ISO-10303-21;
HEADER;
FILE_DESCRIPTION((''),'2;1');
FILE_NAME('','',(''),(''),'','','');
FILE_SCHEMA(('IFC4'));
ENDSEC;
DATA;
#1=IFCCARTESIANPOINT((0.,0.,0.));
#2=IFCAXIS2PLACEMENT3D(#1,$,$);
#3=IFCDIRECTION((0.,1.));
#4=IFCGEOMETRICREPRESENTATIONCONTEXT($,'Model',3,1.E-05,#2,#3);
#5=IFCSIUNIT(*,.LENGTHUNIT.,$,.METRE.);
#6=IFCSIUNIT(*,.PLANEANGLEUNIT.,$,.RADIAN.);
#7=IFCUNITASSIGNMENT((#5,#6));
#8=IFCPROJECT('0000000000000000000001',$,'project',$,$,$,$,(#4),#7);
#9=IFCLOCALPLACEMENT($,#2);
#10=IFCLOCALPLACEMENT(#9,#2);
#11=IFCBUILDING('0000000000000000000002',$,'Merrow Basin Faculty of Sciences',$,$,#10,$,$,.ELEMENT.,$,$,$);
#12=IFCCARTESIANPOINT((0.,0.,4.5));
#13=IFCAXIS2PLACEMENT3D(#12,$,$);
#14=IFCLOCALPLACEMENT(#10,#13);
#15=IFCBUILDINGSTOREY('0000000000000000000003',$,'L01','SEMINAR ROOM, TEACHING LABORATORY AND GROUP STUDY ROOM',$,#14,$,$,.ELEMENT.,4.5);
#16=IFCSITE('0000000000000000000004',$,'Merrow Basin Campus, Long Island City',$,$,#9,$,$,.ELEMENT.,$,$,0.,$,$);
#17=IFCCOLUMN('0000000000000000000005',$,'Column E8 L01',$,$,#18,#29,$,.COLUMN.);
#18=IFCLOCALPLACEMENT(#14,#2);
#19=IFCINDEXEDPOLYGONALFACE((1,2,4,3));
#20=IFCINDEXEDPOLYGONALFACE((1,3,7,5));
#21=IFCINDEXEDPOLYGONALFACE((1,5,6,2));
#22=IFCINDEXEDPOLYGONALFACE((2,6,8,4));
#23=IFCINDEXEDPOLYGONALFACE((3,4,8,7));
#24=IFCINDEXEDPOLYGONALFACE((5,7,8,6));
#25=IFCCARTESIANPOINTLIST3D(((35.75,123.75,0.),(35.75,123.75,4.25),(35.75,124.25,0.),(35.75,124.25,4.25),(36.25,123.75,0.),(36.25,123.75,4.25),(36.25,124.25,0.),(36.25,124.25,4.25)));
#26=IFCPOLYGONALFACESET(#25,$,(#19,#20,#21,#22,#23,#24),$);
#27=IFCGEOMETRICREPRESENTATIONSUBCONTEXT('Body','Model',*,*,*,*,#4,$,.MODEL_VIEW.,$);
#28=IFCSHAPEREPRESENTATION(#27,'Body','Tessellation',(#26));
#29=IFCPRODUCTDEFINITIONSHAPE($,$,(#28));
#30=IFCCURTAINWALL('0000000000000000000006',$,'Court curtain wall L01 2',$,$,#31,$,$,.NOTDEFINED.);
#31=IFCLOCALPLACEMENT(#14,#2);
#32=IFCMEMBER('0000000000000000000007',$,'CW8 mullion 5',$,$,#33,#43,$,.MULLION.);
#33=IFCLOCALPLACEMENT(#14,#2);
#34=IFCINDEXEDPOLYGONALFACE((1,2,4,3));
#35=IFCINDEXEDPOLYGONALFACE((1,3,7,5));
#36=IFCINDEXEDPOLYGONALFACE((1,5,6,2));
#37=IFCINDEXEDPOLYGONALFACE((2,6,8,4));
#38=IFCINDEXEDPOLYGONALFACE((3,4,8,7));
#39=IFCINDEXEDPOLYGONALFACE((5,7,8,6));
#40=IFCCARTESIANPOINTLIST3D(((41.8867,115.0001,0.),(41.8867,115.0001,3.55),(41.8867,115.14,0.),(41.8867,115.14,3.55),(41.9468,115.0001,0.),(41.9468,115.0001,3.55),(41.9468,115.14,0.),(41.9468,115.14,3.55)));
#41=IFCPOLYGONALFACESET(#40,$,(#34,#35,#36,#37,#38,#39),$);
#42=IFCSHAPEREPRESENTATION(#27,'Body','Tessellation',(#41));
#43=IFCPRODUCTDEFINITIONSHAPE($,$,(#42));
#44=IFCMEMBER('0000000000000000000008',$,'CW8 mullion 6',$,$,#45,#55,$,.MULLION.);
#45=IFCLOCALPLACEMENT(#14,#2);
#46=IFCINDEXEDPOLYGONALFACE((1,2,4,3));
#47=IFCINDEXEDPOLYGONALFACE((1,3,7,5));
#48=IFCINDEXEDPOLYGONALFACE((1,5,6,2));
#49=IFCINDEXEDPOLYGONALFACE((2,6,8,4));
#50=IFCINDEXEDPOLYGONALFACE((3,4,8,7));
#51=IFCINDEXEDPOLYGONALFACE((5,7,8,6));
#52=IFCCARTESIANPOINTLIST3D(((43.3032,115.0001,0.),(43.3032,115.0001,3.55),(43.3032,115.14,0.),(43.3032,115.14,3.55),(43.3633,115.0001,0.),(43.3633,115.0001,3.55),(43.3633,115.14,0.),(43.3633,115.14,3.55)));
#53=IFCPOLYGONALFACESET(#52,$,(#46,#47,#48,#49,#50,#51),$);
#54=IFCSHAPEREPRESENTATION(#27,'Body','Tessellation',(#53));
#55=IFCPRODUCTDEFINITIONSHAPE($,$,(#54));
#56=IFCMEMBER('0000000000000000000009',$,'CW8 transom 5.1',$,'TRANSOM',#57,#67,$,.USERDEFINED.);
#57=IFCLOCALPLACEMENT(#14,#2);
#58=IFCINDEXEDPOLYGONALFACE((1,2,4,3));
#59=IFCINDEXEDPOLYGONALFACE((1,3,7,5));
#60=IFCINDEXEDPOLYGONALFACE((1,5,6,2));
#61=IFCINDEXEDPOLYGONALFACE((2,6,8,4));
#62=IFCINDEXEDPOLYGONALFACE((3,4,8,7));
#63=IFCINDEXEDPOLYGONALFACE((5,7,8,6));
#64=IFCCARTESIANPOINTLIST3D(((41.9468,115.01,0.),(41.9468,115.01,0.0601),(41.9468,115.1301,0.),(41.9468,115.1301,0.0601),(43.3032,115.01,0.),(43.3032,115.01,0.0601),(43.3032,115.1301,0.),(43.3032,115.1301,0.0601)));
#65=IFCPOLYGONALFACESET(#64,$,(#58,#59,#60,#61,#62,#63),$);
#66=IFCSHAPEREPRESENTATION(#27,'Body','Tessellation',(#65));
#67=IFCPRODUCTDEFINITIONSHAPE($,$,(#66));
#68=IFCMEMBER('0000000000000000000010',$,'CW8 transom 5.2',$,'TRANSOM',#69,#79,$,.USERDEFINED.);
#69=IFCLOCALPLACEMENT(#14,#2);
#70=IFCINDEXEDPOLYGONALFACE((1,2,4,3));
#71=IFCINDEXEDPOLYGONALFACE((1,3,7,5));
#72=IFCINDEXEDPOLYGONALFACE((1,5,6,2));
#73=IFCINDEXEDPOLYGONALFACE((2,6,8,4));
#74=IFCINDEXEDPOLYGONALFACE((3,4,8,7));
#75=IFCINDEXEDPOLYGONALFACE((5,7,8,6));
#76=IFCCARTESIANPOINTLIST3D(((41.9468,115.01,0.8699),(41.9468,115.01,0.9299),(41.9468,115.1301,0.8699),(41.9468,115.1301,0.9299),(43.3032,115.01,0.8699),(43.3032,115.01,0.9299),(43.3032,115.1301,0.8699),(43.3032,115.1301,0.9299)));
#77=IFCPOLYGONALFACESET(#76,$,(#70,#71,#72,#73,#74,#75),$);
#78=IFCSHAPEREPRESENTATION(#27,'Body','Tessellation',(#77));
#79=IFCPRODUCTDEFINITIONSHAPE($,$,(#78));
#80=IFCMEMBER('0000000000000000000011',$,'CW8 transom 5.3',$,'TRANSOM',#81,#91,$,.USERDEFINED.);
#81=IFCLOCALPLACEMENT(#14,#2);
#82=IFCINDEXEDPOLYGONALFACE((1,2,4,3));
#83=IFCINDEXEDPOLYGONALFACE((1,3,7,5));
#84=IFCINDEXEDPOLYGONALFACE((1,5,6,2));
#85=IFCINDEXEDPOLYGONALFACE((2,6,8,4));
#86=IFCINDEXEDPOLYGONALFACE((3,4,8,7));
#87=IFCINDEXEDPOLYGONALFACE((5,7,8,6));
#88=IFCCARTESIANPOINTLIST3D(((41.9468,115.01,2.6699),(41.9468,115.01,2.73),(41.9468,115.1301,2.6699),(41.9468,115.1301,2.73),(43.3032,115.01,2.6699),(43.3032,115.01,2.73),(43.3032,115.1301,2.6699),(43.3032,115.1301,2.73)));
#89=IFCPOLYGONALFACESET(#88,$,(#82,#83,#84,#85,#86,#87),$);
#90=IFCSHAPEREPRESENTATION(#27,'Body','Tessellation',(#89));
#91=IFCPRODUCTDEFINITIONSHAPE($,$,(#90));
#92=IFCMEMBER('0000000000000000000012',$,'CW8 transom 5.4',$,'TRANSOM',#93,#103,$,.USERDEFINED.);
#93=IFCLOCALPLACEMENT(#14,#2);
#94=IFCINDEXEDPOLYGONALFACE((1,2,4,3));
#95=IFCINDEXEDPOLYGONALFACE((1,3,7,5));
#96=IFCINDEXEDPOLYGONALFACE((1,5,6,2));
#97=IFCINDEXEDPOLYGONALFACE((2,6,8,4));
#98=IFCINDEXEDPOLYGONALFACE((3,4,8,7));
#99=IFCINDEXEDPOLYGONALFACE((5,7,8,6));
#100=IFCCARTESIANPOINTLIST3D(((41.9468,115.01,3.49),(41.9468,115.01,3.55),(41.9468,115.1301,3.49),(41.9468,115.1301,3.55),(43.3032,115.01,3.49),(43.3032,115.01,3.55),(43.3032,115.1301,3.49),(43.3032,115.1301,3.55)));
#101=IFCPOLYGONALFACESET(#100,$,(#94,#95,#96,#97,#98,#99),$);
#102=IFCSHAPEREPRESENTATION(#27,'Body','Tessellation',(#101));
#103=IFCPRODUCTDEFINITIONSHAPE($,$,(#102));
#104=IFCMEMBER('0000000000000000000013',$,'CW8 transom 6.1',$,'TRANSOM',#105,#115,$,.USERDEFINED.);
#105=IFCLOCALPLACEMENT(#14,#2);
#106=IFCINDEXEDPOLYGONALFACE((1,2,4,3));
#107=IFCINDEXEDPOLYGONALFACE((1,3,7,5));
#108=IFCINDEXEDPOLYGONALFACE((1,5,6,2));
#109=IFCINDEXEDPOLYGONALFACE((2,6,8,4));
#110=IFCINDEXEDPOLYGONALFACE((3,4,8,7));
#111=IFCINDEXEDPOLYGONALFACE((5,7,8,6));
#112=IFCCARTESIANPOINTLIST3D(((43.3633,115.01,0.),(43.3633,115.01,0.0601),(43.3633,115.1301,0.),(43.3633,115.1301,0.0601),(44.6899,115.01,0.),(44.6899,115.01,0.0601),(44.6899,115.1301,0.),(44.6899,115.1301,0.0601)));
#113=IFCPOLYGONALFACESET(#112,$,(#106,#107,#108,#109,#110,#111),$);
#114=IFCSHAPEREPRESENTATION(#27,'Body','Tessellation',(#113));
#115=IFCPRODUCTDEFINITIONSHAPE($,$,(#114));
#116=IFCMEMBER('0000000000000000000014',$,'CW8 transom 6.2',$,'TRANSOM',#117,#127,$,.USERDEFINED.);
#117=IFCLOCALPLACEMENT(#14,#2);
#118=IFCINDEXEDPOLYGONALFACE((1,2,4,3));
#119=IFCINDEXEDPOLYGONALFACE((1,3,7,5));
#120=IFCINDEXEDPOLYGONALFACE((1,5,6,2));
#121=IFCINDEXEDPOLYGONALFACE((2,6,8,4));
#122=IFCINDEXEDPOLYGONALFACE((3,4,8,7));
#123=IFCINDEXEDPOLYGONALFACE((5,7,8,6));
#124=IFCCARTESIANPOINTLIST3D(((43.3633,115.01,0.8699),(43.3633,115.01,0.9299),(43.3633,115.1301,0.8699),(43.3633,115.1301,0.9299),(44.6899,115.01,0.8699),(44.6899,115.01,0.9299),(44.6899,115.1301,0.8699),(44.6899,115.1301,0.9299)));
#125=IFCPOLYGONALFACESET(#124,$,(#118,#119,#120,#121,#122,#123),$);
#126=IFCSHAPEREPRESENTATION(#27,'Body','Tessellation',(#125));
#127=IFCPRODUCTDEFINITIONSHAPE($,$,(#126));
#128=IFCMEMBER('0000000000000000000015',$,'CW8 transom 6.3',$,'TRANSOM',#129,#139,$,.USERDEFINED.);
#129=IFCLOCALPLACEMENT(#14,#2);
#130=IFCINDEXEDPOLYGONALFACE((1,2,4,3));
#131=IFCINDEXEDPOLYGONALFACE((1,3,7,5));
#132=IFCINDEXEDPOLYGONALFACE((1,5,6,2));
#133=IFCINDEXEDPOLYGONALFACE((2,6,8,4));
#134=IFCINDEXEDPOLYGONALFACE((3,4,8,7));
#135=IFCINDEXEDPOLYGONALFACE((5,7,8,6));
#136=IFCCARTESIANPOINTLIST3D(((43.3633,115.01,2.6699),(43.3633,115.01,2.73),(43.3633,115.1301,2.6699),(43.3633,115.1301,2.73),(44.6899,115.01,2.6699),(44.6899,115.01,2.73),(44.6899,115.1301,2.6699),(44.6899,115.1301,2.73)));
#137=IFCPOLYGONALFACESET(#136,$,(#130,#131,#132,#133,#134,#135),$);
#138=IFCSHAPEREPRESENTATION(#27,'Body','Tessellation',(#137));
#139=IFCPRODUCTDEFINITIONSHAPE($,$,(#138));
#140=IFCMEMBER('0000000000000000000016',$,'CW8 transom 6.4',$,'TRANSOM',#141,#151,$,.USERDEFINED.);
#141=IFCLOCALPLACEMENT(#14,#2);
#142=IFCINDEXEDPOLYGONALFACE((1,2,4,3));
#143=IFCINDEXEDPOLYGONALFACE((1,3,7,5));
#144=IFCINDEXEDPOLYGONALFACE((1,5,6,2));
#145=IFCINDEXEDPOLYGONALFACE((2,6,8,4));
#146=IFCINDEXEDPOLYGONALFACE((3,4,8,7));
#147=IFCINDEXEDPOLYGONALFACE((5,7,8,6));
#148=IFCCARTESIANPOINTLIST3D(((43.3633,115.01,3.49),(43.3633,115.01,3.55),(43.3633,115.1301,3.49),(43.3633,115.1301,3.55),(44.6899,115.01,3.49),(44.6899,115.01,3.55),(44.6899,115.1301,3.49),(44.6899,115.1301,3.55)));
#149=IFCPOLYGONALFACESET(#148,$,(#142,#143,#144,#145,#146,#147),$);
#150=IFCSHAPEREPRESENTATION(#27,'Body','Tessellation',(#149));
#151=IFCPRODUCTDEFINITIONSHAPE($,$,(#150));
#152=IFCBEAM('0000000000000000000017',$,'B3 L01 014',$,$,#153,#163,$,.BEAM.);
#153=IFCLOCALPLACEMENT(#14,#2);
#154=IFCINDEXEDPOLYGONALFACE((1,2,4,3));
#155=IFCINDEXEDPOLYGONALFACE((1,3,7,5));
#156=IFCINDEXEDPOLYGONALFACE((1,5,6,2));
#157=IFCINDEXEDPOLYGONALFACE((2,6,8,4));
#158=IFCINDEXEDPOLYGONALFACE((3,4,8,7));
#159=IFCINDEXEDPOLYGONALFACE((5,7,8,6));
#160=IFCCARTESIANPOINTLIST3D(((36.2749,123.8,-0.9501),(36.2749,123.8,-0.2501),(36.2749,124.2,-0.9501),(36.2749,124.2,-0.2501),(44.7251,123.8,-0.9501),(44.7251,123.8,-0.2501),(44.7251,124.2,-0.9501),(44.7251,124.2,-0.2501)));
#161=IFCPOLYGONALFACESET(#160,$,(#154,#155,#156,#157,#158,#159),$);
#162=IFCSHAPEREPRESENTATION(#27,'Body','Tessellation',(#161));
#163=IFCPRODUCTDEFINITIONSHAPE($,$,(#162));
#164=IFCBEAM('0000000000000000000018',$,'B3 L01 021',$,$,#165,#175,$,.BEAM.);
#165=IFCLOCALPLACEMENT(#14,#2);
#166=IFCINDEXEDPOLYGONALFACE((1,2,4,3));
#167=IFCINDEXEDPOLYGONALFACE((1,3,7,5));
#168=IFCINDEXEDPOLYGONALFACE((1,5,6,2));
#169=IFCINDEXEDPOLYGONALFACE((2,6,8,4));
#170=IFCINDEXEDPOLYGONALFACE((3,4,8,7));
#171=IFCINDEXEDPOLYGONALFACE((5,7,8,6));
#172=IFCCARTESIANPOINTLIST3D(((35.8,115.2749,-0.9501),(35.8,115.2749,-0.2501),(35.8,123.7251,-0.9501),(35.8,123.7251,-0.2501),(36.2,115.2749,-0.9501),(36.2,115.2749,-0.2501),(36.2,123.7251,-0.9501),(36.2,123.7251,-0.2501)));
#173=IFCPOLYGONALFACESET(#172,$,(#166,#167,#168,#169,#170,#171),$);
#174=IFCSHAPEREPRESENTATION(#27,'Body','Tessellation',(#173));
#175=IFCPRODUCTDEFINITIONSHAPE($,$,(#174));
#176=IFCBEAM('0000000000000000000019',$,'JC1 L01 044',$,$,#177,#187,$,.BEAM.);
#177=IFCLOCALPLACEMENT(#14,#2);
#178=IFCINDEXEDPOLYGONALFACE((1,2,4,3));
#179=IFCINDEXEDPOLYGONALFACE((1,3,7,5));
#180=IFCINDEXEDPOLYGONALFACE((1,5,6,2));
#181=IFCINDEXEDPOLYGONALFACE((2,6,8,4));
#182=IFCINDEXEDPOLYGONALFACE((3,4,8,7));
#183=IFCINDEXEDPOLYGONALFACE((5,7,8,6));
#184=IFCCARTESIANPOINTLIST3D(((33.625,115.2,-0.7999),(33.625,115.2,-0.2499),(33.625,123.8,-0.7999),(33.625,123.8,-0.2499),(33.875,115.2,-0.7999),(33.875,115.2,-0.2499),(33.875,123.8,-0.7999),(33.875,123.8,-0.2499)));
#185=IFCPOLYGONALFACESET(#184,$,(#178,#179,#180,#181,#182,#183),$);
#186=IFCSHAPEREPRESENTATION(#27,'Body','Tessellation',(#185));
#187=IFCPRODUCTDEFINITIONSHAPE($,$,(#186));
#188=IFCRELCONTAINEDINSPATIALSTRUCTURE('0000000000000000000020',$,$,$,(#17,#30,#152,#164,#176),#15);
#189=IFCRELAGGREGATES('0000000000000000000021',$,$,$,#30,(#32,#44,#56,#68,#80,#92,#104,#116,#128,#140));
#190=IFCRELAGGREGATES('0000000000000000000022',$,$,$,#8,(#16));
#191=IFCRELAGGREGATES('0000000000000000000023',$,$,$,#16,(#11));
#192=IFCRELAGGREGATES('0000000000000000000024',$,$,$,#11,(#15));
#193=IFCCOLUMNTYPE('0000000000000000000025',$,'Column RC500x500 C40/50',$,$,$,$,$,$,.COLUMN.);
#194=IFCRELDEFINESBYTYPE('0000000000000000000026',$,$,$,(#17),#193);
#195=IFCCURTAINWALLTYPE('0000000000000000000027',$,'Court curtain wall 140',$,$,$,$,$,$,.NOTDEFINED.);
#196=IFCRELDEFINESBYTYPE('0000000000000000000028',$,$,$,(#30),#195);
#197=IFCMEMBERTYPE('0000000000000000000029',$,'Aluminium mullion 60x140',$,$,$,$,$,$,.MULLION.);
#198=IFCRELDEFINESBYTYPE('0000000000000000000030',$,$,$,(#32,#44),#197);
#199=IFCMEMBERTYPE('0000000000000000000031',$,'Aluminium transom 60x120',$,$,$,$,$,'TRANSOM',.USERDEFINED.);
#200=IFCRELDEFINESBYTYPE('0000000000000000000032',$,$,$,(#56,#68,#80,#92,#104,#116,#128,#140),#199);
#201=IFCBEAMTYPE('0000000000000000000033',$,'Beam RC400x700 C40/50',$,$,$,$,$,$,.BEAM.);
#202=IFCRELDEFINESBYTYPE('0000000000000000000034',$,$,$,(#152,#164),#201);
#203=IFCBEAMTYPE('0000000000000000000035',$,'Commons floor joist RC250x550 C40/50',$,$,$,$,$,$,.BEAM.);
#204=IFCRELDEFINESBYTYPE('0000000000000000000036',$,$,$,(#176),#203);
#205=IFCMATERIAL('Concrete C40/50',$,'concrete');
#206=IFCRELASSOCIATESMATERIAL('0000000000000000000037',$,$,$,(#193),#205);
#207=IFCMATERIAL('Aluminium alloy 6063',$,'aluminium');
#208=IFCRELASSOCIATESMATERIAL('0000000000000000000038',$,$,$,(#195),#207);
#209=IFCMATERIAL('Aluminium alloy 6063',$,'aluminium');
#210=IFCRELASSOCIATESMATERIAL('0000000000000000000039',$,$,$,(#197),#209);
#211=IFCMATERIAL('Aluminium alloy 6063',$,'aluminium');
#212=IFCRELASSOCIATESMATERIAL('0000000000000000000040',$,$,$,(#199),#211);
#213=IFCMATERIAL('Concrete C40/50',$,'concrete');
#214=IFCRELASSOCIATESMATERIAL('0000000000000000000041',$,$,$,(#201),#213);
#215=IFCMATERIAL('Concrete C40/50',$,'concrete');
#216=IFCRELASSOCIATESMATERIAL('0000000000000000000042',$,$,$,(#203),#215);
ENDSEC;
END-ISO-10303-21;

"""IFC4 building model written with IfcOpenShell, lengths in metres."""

from ifc_helpers import new_model, si_unit, direction, frame, origin, origin_2d, place, context, subcontext, project, spatial, rectangle, extrude, material, material_profile, profile_set, type_object, element, aggregate, save


model = new_model("IFC4")

# Units and contexts
model_context = context("Model", 3, precision=1e-05, world=origin(), true_north=direction((0.0, 1.0)))
body_context = subcontext(model_context, "Body", "Model", "MODEL_VIEW")
ifc_project = project(units=[si_unit("LENGTHUNIT", "METRE"), si_unit("PLANEANGLEUNIT", "RADIAN")], contexts=[model_context])

# Site, building, storey
site_placement = place(None, origin())
site = spatial("IfcSite", under=ifc_project, at=site_placement, Name="Merrow Basin Campus, Long Island City", CompositionType="ELEMENT", RefElevation=0.0)
building_placement = place(site_placement, origin())
building = spatial("IfcBuilding", under=site, at=building_placement, Name="Merrow Basin Faculty of Sciences", CompositionType="ELEMENT")
storey_placement = place(building_placement, frame((0.0, 0.0, 4.5)))
storey = spatial("IfcBuildingStorey", under=building, at=storey_placement, Name="L01", Description="SEMINAR ROOM, TEACHING LABORATORY AND GROUP STUDY ROOM", CompositionType="ELEMENT", Elevation=4.5)

# Column
ifc_material_1 = material(Name="Concrete C40/50", Category="concrete")
ifc_material_profile_1 = material_profile(ifc_material_1, rectangle(XDim=0.5, YDim=0.5, at=origin_2d()))
ifc_profile_set_1 = profile_set([ifc_material_profile_1], Name="Concrete C40/50")
column_type = type_object("IfcColumnType", Name="Column RC500x500 C40/50", PredefinedType="COLUMN", material=ifc_profile_set_1)
column_placement = place(storey_placement, frame((36.0, 124.0, 0.0), z_axis=(0.0, 0.0, 1.0), x_axis=(1.0, 0.0, 0.0)))
element("IfcColumn", 1, at=column_placement, inside=storey, type_object=column_type, Name="Column E8 L01", PredefinedType="COLUMN", context=body_context, shape_type="SweptSolid", body=[
    extrude(rectangle(XDim=0.5, YDim=0.5, at=origin_2d()), origin(), (0.0, 0.0, 1.0), 4.25),
])

# Curtain wall, members
ifc_material_2 = material(Name="Aluminium alloy 6063", Category="aluminium")
curtain_wall_type = type_object("IfcCurtainWallType", Name="Court curtain wall 140", PredefinedType="NOTDEFINED", material=ifc_material_2)
curtain_wall_placement = place(storey_placement, origin())
curtain_wall = element("IfcCurtainWall", 2, at=curtain_wall_placement, inside=storey, type_object=curtain_wall_type, Name="Court curtain wall L01 2", PredefinedType="NOTDEFINED")
ifc_material_3 = material(Name="Aluminium alloy 6063", Category="aluminium")
ifc_material_profile_2 = material_profile(ifc_material_3, rectangle(XDim=0.1399, YDim=0.0601, at=origin_2d()))
ifc_profile_set_2 = profile_set([ifc_material_profile_2], Name="Aluminium alloy 6063")
member_type_1 = type_object("IfcMemberType", Name="Aluminium mullion 60x140", PredefinedType="MULLION", material=ifc_profile_set_2)
member_1_placement = place(storey_placement, frame((41.9167, 115.0701, 0.0), z_axis=(0.0, 0.0, 1.0), x_axis=(0.0, 1.0, 0.0)))
member_1 = element("IfcMember", 3, at=member_1_placement, type_object=member_type_1, Name="CW8 mullion 5", PredefinedType="MULLION", context=body_context, shape_type="SweptSolid", body=[
    extrude(rectangle(XDim=0.1399, YDim=0.0601, at=origin_2d()), origin(), (0.0, 0.0, 1.0), 3.55),
])
member_2_placement = place(storey_placement, frame((43.3333, 115.0701, 0.0), z_axis=(0.0, 0.0, 1.0), x_axis=(0.0, 1.0, 0.0)))
member_2 = element("IfcMember", 4, at=member_2_placement, type_object=member_type_1, Name="CW8 mullion 6", PredefinedType="MULLION", context=body_context, shape_type="SweptSolid", body=[
    extrude(rectangle(XDim=0.1399, YDim=0.0601, at=origin_2d()), origin(), (0.0, 0.0, 1.0), 3.55),
])
ifc_material_4 = material(Name="Aluminium alloy 6063", Category="aluminium")
ifc_material_profile_3 = material_profile(ifc_material_4, rectangle(XDim=0.1201, YDim=0.0601, at=origin_2d()))
ifc_profile_set_3 = profile_set([ifc_material_profile_3], Name="Aluminium alloy 6063")
member_type_2 = type_object("IfcMemberType", Name="Aluminium transom 60x120", ElementType="TRANSOM", PredefinedType="USERDEFINED", material=ifc_profile_set_3)
member_3_placement = place(storey_placement, frame((41.9468, 115.0701, 0.03), z_axis=(1.0, 0.0, 0.0), x_axis=(0.0, 1.0, 0.0)))
member_3 = element("IfcMember", 5, at=member_3_placement, type_object=member_type_2, Name="CW8 transom 5.1", ObjectType="TRANSOM", PredefinedType="USERDEFINED", context=body_context, shape_type="SweptSolid", body=[
    extrude(rectangle(XDim=0.1201, YDim=0.0601, at=origin_2d()), origin(), (0.0, 0.0, 1.0), 1.3564),
])
member_4_placement = place(storey_placement, frame((41.9468, 115.0701, 0.8999), z_axis=(1.0, 0.0, 0.0), x_axis=(0.0, 1.0, 0.0)))
member_4 = element("IfcMember", 6, at=member_4_placement, type_object=member_type_2, Name="CW8 transom 5.2", ObjectType="TRANSOM", PredefinedType="USERDEFINED", context=body_context, shape_type="SweptSolid", body=[
    extrude(rectangle(XDim=0.1201, YDim=0.0601, at=origin_2d()), origin(), (0.0, 0.0, 1.0), 1.3564),
])
member_5_placement = place(storey_placement, frame((41.9468, 115.0701, 2.7), z_axis=(1.0, 0.0, 0.0), x_axis=(0.0, 1.0, 0.0)))
member_5 = element("IfcMember", 7, at=member_5_placement, type_object=member_type_2, Name="CW8 transom 5.3", ObjectType="TRANSOM", PredefinedType="USERDEFINED", context=body_context, shape_type="SweptSolid", body=[
    extrude(rectangle(XDim=0.1201, YDim=0.0601, at=origin_2d()), origin(), (0.0, 0.0, 1.0), 1.3564),
])
member_6_placement = place(storey_placement, frame((41.9468, 115.0701, 3.52), z_axis=(1.0, 0.0, 0.0), x_axis=(0.0, 1.0, 0.0)))
member_6 = element("IfcMember", 8, at=member_6_placement, type_object=member_type_2, Name="CW8 transom 5.4", ObjectType="TRANSOM", PredefinedType="USERDEFINED", context=body_context, shape_type="SweptSolid", body=[
    extrude(rectangle(XDim=0.1201, YDim=0.0601, at=origin_2d()), origin(), (0.0, 0.0, 1.0), 1.3564),
])
member_7_placement = place(storey_placement, frame((43.3633, 115.0701, 0.03), z_axis=(1.0, 0.0, 0.0), x_axis=(0.0, 1.0, 0.0)))
member_7 = element("IfcMember", 9, at=member_7_placement, type_object=member_type_2, Name="CW8 transom 6.1", ObjectType="TRANSOM", PredefinedType="USERDEFINED", context=body_context, shape_type="SweptSolid", body=[
    extrude(rectangle(XDim=0.1201, YDim=0.0601, at=origin_2d()), origin(), (0.0, 0.0, 1.0), 1.3267),
])
member_8_placement = place(storey_placement, frame((43.3633, 115.0701, 0.8999), z_axis=(1.0, 0.0, 0.0), x_axis=(0.0, 1.0, 0.0)))
member_8 = element("IfcMember", 10, at=member_8_placement, type_object=member_type_2, Name="CW8 transom 6.2", ObjectType="TRANSOM", PredefinedType="USERDEFINED", context=body_context, shape_type="SweptSolid", body=[
    extrude(rectangle(XDim=0.1201, YDim=0.0601, at=origin_2d()), origin(), (0.0, 0.0, 1.0), 1.3267),
])
member_9_placement = place(storey_placement, frame((43.3633, 115.0701, 2.7), z_axis=(1.0, 0.0, 0.0), x_axis=(0.0, 1.0, 0.0)))
member_9 = element("IfcMember", 11, at=member_9_placement, type_object=member_type_2, Name="CW8 transom 6.3", ObjectType="TRANSOM", PredefinedType="USERDEFINED", context=body_context, shape_type="SweptSolid", body=[
    extrude(rectangle(XDim=0.1201, YDim=0.0601, at=origin_2d()), origin(), (0.0, 0.0, 1.0), 1.3267),
])
member_10_placement = place(storey_placement, frame((43.3633, 115.0701, 3.52), z_axis=(1.0, 0.0, 0.0), x_axis=(0.0, 1.0, 0.0)))
member_10 = element("IfcMember", 12, at=member_10_placement, type_object=member_type_2, Name="CW8 transom 6.4", ObjectType="TRANSOM", PredefinedType="USERDEFINED", context=body_context, shape_type="SweptSolid", body=[
    extrude(rectangle(XDim=0.1201, YDim=0.0601, at=origin_2d()), origin(), (0.0, 0.0, 1.0), 1.3267),
])

# Beams
ifc_material_5 = material(Name="Concrete C40/50", Category="concrete")
ifc_material_profile_4 = material_profile(ifc_material_5, rectangle(XDim=0.3999, YDim=0.7, at=origin_2d()))
ifc_profile_set_4 = profile_set([ifc_material_profile_4], Name="Concrete C40/50")
beam_type_1 = type_object("IfcBeamType", Name="Beam RC400x700 C40/50", PredefinedType="BEAM", material=ifc_profile_set_4)
for number, where, z_axis, x_axis, name in (
    (13, (36.2749, 124.0, -0.6001), (1.0, 0.0, 0.0), (0.0, 1.0, 0.0), "B3 L01 014"),
    (14, (36.0, 115.2749, -0.6001), (0.0, 1.0, 0.0), (-1.0, 0.0, 0.0), "B3 L01 021"),
):
    element("IfcBeam", number, at=place(storey_placement, frame(where, z_axis=z_axis, x_axis=x_axis)), inside=storey, type_object=beam_type_1, Name=name, PredefinedType="BEAM", context=body_context, shape_type="SweptSolid", body=[
        extrude(rectangle(XDim=0.3999, YDim=0.7, at=origin_2d()), origin(), (0.0, 0.0, 1.0), 8.4502),
    ])
ifc_material_6 = material(Name="Concrete C40/50", Category="concrete")
ifc_material_profile_5 = material_profile(ifc_material_6, rectangle(XDim=0.25, YDim=0.55, at=origin_2d()))
ifc_profile_set_5 = profile_set([ifc_material_profile_5], Name="Concrete C40/50")
beam_type_2 = type_object("IfcBeamType", Name="Commons floor joist RC250x550 C40/50", PredefinedType="BEAM", material=ifc_profile_set_5)
for number, where, z_axis, x_axis, name in (
    (15, (33.75, 115.2, -0.5249), (0.0, 1.0, 0.0), (-1.0, 0.0, 0.0), "JC1 L01 044"),
):
    element("IfcBeam", number, at=place(storey_placement, frame(where, z_axis=z_axis, x_axis=x_axis)), inside=storey, type_object=beam_type_2, Name=name, PredefinedType="BEAM", context=body_context, shape_type="SweptSolid", body=[
        extrude(rectangle(XDim=0.25, YDim=0.55, at=origin_2d()), origin(), (0.0, 0.0, 1.0), 8.6001),
    ])

aggregate(curtain_wall, [member_1, member_2, member_3, member_4, member_5, member_6, member_7, member_8, member_9, member_10])

save(model, "model.ifc")
